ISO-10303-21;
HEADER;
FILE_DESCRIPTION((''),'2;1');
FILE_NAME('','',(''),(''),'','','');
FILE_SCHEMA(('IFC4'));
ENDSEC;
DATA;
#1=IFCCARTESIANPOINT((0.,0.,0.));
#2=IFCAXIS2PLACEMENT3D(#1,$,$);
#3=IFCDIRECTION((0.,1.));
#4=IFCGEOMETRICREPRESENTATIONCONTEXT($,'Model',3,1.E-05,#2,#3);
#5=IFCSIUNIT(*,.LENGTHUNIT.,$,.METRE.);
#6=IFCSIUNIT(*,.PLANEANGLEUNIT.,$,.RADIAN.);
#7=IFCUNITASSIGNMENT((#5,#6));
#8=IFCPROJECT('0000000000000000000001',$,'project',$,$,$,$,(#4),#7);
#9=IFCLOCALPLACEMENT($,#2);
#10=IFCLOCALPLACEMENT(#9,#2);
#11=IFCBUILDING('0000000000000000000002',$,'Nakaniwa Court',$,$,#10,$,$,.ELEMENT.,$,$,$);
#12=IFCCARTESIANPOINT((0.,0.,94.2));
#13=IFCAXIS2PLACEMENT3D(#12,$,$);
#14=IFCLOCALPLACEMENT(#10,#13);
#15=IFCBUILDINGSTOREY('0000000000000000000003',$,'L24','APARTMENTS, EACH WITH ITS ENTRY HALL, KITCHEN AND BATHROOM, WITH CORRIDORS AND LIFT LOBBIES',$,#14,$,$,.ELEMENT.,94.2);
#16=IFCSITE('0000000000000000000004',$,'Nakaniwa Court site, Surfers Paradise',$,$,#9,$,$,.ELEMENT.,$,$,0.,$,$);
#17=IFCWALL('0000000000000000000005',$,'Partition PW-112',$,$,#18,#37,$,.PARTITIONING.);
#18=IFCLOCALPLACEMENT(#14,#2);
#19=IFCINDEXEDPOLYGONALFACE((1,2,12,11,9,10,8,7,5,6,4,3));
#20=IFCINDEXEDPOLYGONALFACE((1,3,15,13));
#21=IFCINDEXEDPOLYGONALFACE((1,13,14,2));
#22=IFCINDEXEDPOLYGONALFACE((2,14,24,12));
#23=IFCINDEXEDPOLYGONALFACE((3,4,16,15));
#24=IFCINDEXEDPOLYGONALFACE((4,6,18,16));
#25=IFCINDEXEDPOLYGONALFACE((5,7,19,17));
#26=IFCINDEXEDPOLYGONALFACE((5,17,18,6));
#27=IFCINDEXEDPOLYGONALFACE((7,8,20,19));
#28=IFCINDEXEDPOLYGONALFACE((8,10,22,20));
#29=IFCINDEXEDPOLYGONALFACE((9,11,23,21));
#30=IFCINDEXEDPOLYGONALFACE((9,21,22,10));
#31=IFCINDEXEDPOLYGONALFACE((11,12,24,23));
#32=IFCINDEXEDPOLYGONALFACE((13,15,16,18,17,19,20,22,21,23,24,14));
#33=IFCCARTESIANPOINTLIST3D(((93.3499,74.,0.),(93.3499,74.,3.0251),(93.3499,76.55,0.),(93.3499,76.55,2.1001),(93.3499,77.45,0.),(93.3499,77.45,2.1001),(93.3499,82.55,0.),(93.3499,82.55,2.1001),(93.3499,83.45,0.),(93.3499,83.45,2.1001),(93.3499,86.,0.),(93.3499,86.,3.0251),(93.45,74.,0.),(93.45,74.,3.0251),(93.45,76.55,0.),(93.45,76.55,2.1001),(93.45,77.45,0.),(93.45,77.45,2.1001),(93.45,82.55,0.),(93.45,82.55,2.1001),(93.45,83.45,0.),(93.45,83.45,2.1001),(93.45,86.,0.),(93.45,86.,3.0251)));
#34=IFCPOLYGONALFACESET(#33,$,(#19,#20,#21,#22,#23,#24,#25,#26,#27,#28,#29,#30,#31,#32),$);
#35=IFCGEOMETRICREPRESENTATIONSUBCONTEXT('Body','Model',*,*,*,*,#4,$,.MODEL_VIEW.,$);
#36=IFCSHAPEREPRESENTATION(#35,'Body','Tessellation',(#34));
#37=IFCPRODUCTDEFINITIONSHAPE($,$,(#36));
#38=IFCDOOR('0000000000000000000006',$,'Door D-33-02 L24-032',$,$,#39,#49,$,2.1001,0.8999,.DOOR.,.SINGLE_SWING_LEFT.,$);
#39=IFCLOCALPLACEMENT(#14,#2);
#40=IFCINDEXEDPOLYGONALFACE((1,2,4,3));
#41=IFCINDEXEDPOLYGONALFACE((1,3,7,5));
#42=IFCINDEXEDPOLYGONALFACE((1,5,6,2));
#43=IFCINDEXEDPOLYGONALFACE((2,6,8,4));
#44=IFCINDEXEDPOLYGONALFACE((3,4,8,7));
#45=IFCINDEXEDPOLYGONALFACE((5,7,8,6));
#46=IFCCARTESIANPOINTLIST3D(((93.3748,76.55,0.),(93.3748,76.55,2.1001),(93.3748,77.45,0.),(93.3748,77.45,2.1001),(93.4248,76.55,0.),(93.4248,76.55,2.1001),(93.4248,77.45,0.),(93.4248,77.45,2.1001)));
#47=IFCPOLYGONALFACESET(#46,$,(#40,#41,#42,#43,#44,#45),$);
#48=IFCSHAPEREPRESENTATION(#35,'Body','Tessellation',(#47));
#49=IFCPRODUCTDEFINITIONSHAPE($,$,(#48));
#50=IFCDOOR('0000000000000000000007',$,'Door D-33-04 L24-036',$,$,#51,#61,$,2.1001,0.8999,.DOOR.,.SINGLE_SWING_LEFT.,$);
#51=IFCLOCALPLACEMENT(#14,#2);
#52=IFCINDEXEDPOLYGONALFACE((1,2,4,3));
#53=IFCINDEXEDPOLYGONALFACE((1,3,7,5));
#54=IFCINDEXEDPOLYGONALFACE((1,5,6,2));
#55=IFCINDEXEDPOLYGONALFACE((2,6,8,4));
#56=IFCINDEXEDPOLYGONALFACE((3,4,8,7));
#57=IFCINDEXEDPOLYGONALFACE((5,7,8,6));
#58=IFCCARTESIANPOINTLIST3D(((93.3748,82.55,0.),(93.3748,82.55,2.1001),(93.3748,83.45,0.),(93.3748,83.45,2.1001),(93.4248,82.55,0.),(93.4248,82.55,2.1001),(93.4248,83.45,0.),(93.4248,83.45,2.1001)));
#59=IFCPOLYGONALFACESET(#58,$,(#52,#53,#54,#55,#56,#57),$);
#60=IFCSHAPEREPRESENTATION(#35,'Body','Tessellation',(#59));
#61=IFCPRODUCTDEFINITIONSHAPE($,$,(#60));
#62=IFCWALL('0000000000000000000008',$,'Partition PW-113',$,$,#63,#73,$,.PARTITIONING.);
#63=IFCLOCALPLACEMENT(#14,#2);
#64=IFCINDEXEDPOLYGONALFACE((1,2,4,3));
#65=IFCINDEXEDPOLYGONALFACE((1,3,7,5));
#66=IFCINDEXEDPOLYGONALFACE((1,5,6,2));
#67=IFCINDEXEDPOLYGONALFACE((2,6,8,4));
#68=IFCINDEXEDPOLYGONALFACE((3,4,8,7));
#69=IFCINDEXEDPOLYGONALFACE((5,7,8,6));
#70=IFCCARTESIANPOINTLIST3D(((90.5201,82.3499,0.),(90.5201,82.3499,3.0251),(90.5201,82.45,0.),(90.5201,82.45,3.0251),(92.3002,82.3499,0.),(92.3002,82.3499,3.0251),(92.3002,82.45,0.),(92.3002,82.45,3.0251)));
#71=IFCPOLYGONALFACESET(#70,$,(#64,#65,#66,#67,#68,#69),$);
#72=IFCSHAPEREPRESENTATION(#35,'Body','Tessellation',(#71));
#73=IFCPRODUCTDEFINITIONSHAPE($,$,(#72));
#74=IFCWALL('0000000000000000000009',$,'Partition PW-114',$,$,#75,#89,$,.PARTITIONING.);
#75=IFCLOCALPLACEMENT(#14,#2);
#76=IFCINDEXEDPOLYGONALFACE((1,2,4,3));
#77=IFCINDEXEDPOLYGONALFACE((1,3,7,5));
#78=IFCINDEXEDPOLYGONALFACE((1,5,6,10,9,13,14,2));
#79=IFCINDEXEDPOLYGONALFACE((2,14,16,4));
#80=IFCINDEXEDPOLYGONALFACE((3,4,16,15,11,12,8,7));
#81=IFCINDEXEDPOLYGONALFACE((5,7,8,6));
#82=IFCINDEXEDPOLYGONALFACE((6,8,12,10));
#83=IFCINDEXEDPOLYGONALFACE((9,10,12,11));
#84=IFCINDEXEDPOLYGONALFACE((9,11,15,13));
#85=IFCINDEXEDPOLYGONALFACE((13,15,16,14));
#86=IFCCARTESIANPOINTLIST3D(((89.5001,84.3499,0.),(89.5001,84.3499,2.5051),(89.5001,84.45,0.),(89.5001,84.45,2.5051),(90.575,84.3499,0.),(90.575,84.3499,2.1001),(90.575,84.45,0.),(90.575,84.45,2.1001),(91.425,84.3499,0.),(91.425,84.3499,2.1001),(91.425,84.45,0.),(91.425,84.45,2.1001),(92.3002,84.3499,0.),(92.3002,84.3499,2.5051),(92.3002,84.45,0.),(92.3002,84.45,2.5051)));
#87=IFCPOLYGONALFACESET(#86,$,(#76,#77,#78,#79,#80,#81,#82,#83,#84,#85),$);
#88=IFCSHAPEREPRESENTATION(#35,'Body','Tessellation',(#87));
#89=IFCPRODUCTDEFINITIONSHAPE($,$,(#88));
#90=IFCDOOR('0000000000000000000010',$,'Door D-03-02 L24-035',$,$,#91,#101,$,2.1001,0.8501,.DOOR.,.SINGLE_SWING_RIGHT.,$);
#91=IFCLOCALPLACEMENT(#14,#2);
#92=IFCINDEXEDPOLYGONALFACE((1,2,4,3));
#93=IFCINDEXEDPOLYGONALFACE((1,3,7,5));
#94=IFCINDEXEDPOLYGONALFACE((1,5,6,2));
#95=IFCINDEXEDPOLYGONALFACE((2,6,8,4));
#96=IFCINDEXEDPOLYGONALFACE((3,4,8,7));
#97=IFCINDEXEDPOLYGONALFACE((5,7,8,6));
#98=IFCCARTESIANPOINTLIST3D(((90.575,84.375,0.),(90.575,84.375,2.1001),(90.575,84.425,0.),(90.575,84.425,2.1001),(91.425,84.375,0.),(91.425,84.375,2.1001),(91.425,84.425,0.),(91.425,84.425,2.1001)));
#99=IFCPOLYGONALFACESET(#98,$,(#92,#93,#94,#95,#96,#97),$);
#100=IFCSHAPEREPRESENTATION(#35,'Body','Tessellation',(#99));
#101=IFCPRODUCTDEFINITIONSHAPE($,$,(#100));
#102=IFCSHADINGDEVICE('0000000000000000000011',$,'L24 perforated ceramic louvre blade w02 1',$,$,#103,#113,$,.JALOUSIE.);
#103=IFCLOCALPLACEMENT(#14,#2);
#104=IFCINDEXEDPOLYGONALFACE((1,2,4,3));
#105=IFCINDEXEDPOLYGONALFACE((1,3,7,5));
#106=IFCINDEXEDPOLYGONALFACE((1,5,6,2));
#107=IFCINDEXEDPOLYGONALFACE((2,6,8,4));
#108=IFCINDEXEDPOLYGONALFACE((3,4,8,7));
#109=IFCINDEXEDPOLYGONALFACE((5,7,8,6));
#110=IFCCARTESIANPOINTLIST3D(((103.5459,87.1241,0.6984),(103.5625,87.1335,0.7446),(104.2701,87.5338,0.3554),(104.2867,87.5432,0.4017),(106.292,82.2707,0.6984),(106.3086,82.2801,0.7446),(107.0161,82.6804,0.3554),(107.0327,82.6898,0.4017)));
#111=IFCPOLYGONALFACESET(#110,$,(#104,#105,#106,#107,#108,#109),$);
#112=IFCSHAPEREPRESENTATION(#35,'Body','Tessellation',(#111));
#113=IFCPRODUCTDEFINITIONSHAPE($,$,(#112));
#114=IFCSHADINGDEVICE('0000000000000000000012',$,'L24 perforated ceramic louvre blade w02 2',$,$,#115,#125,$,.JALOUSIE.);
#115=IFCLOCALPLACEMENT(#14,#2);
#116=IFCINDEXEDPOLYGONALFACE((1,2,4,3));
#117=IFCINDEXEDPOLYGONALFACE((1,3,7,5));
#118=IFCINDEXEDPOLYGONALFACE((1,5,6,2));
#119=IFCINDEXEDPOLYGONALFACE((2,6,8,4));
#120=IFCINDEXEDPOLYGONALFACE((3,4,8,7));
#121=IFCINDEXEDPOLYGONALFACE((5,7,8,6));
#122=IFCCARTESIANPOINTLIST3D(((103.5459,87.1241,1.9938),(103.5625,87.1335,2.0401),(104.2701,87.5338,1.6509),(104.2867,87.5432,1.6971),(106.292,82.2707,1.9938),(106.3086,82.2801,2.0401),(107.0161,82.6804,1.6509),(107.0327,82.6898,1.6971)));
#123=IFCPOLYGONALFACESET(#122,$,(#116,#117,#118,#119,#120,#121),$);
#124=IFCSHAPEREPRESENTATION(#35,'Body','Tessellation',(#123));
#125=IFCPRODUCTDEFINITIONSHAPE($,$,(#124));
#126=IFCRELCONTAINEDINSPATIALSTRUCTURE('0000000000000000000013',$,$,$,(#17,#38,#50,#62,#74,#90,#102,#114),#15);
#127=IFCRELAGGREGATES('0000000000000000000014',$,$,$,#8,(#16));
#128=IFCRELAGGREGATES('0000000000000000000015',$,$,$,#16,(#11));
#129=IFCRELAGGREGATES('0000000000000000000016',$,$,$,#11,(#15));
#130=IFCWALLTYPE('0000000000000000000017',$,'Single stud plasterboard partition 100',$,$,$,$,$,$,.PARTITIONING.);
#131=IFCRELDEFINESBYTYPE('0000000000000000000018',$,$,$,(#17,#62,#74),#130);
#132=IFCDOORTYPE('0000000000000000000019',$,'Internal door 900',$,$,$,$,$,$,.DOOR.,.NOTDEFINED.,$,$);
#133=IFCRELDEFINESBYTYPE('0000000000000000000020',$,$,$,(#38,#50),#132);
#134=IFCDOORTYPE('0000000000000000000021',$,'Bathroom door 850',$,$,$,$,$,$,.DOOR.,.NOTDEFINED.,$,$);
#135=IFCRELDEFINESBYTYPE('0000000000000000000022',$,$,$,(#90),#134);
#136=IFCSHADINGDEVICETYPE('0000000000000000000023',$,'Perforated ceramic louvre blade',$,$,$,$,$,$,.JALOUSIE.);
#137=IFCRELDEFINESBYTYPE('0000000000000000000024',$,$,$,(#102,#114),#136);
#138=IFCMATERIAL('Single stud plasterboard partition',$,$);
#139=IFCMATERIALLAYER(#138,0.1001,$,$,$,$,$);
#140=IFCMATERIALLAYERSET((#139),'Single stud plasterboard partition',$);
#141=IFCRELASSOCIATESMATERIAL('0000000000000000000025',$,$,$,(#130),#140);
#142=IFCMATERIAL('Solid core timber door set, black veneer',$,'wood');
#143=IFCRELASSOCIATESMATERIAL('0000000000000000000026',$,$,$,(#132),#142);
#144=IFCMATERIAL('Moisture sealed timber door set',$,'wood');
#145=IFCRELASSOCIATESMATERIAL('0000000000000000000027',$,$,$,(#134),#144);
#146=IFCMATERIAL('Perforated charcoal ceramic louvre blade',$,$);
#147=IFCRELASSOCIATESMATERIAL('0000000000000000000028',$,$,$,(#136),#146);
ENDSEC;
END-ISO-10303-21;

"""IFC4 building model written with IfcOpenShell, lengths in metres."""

from ifc_helpers import new_model, si_unit, direction, frame, frame_2d, origin, origin_2d, place, context, subcontext, project, spatial, rectangle, extrude, material, layer, layer_set, material_profile, profile_set, type_object, element, fill, save


model = new_model("IFC4")

# Units and contexts
model_context = context("Model", 3, precision=1e-05, world=origin(), true_north=direction((0.0, 1.0)))
body_context = subcontext(model_context, "Body", "Model", "MODEL_VIEW")
ifc_project = project(units=[si_unit("LENGTHUNIT", "METRE"), si_unit("PLANEANGLEUNIT", "RADIAN")], contexts=[model_context])

# Site, building, storey
site_placement = place(None, origin())
site = spatial("IfcSite", under=ifc_project, at=site_placement, Name="Nakaniwa Court site, Surfers Paradise", CompositionType="ELEMENT", RefElevation=0.0)
building_placement = place(site_placement, origin())
building = spatial("IfcBuilding", under=site, at=building_placement, Name="Nakaniwa Court", CompositionType="ELEMENT")
storey_placement = place(building_placement, frame((0.0, 0.0, 94.2)))
storey = spatial("IfcBuildingStorey", under=building, at=storey_placement, Name="L24", Description="APARTMENTS, EACH WITH ITS ENTRY HALL, KITCHEN AND BATHROOM, WITH CORRIDORS AND LIFT LOBBIES", CompositionType="ELEMENT", Elevation=94.2)

# Wall, openings, doors
ifc_material_1 = material(Name="Single stud plasterboard partition")
ifc_layer_1 = layer(ifc_material_1, 0.1001)
ifc_layer_set_1 = layer_set([ifc_layer_1], Name="Single stud plasterboard partition")
wall_type_1 = type_object("IfcWallType", Name="Single stud plasterboard partition 100", PredefinedType="PARTITIONING", material=ifc_layer_set_1)
wall_1_placement = place(storey_placement, frame((93.3999, 86.0, 0.0), z_axis=(0.0, 0.0, 1.0), x_axis=(0.0, -1.0, 0.0)))
wall_1 = element("IfcWall", 1, at=wall_1_placement, inside=storey, type_object=wall_type_1, Name="Partition PW-112", PredefinedType="PARTITIONING", context=body_context, shape_type="SweptSolid", body=[
    extrude(rectangle(XDim=12.0, YDim=0.1001, at=frame_2d((6.0, 0.0))), origin(), (0.0, 0.0, 1.0), 3.0251),
])
opening_1_placement = place(wall_1_placement, frame((8.55, 0.0, 0.0)))
opening_1 = element("IfcOpeningElement", 2, at=opening_1_placement, cuts=wall_1, PredefinedType="OPENING", context=body_context, shape_type="SweptSolid", body=[
    extrude(rectangle(XDim=0.8999, YDim=2.1001, at=frame_2d((0.45, 1.05))), frame((0.0, 0.0601, 0.0), z_axis=(0.0, -1.0, 0.0), x_axis=(1.0, 0.0, 0.0)), (0.0, 0.0, 1.0), 0.1201),
])
opening_2_placement = place(wall_1_placement, frame((2.55, 0.0, 0.0)))
opening_2 = element("IfcOpeningElement", 3, at=opening_2_placement, cuts=wall_1, PredefinedType="OPENING", context=body_context, shape_type="SweptSolid", body=[
    extrude(rectangle(XDim=0.8999, YDim=2.1001, at=frame_2d((0.45, 1.05))), frame((0.0, 0.0601, 0.0), z_axis=(0.0, -1.0, 0.0), x_axis=(1.0, 0.0, 0.0)), (0.0, 0.0, 1.0), 0.1201),
])
ifc_material_2 = material(Name="Solid core timber door set, black veneer", Category="wood")
door_type_1 = type_object("IfcDoorType", Name="Internal door 900", OperationType="NOTDEFINED", PredefinedType="DOOR", material=ifc_material_2)
door_1_placement = place(opening_1_placement, origin())
door_1 = element("IfcDoor", 4, at=door_1_placement, inside=storey, type_object=door_type_1, Name="Door D-33-02 L24-032", OperationType="SINGLE_SWING_LEFT", OverallHeight=2.1001, OverallWidth=0.8999, PredefinedType="DOOR", context=body_context, shape_type="SweptSolid", body=[
    extrude(rectangle(XDim=0.8999, YDim=2.1001, at=frame_2d((0.45, 1.05))), frame((0.0, 0.0249, 0.0), z_axis=(0.0, -1.0, 0.0), x_axis=(1.0, 0.0, 0.0)), (0.0, 0.0, 1.0), 0.05),
])
fill(opening_1, door_1)
door_2_placement = place(opening_2_placement, origin())
door_2 = element("IfcDoor", 5, at=door_2_placement, inside=storey, type_object=door_type_1, Name="Door D-33-04 L24-036", OperationType="SINGLE_SWING_LEFT", OverallHeight=2.1001, OverallWidth=0.8999, PredefinedType="DOOR", context=body_context, shape_type="SweptSolid", body=[
    extrude(rectangle(XDim=0.8999, YDim=2.1001, at=frame_2d((0.45, 1.05))), frame((0.0, 0.0249, 0.0), z_axis=(0.0, -1.0, 0.0), x_axis=(1.0, 0.0, 0.0)), (0.0, 0.0, 1.0), 0.05),
])
fill(opening_2, door_2)

# Wall
wall_2_placement = place(storey_placement, frame((90.52, 82.3999, 0.0), z_axis=(0.0, 0.0, 1.0), x_axis=(1.0, 0.0, 0.0)))
element("IfcWall", 6, at=wall_2_placement, inside=storey, type_object=wall_type_1, Name="Partition PW-113", PredefinedType="PARTITIONING", context=body_context, shape_type="SweptSolid", body=[
    extrude(rectangle(XDim=1.78, YDim=0.1001, at=frame_2d((0.8901, 0.0))), origin(), (0.0, 0.0, 1.0), 3.0251),
])

# Wall, opening, door
wall_3_placement = place(storey_placement, frame((92.3, 84.3999, 0.0), z_axis=(0.0, 0.0, 1.0), x_axis=(-1.0, 0.0, 0.0)))
wall_3 = element("IfcWall", 7, at=wall_3_placement, inside=storey, type_object=wall_type_1, Name="Partition PW-114", PredefinedType="PARTITIONING", context=body_context, shape_type="SweptSolid", body=[
    extrude(rectangle(XDim=2.8, YDim=0.1001, at=frame_2d((1.3999, 0.0))), origin(), (0.0, 0.0, 1.0), 2.5051),
])
opening_3_placement = place(wall_3_placement, frame((0.875, 0.0, 0.0)))
opening_3 = element("IfcOpeningElement", 8, at=opening_3_placement, cuts=wall_3, PredefinedType="OPENING", context=body_context, shape_type="SweptSolid", body=[
    extrude(rectangle(XDim=0.8501, YDim=2.1001, at=frame_2d((0.425, 1.05))), frame((0.0, 0.0601, 0.0), z_axis=(0.0, -1.0, 0.0), x_axis=(1.0, 0.0, 0.0)), (0.0, 0.0, 1.0), 0.1201),
])
ifc_material_3 = material(Name="Moisture sealed timber door set", Category="wood")
door_type_2 = type_object("IfcDoorType", Name="Bathroom door 850", OperationType="NOTDEFINED", PredefinedType="DOOR", material=ifc_material_3)
door_3_placement = place(opening_3_placement, origin())
door_3 = element("IfcDoor", 9, at=door_3_placement, inside=storey, type_object=door_type_2, Name="Door D-03-02 L24-035", OperationType="SINGLE_SWING_RIGHT", OverallHeight=2.1001, OverallWidth=0.8501, PredefinedType="DOOR", context=body_context, shape_type="SweptSolid", body=[
    extrude(rectangle(XDim=0.8501, YDim=2.1001, at=frame_2d((0.425, 1.05))), frame((0.0, 0.0249, 0.0), z_axis=(0.0, -1.0, 0.0), x_axis=(1.0, 0.0, 0.0)), (0.0, 0.0, 1.0), 0.05),
])
fill(opening_3, door_3)

# Shading devices
ifc_material_4 = material(Name="Perforated charcoal ceramic louvre blade")
ifc_material_profile_1 = material_profile(ifc_material_4, rectangle(XDim=0.8999, YDim=0.05, at=origin_2d()), Name="Perforated ceramic louvre blade")
ifc_profile_set_1 = profile_set([ifc_material_profile_1], Name="Perforated charcoal ceramic louvre blade")
shading_device_type = type_object("IfcShadingDeviceType", Name="Perforated ceramic louvre blade", PredefinedType="JALOUSIE", material=ifc_profile_set_1)
for number, where, z_axis, x_axis, name in (
    (10, (106.6624, 82.4802, 0.55), (-0.492438, 0.870347, 0.0), (-0.804676, -0.455282, 0.38107), "L24 perforated ceramic louvre blade w02 1"),
    (11, (106.6624, 82.4802, 1.8455), (-0.492438, 0.870347, 0.0), (-0.804676, -0.455282, 0.38107), "L24 perforated ceramic louvre blade w02 2"),
):
    element("IfcShadingDevice", number, at=place(storey_placement, frame(where, z_axis=z_axis, x_axis=x_axis)), inside=storey, type_object=shading_device_type, Name=name, PredefinedType="JALOUSIE", context=body_context, shape_type="SweptSolid", body=[
        extrude(rectangle(XDim=0.8999, YDim=0.05, at=origin_2d()), origin(), (0.0, 0.0, 1.0), 5.5764),
    ])

save(model, "model.ifc")
